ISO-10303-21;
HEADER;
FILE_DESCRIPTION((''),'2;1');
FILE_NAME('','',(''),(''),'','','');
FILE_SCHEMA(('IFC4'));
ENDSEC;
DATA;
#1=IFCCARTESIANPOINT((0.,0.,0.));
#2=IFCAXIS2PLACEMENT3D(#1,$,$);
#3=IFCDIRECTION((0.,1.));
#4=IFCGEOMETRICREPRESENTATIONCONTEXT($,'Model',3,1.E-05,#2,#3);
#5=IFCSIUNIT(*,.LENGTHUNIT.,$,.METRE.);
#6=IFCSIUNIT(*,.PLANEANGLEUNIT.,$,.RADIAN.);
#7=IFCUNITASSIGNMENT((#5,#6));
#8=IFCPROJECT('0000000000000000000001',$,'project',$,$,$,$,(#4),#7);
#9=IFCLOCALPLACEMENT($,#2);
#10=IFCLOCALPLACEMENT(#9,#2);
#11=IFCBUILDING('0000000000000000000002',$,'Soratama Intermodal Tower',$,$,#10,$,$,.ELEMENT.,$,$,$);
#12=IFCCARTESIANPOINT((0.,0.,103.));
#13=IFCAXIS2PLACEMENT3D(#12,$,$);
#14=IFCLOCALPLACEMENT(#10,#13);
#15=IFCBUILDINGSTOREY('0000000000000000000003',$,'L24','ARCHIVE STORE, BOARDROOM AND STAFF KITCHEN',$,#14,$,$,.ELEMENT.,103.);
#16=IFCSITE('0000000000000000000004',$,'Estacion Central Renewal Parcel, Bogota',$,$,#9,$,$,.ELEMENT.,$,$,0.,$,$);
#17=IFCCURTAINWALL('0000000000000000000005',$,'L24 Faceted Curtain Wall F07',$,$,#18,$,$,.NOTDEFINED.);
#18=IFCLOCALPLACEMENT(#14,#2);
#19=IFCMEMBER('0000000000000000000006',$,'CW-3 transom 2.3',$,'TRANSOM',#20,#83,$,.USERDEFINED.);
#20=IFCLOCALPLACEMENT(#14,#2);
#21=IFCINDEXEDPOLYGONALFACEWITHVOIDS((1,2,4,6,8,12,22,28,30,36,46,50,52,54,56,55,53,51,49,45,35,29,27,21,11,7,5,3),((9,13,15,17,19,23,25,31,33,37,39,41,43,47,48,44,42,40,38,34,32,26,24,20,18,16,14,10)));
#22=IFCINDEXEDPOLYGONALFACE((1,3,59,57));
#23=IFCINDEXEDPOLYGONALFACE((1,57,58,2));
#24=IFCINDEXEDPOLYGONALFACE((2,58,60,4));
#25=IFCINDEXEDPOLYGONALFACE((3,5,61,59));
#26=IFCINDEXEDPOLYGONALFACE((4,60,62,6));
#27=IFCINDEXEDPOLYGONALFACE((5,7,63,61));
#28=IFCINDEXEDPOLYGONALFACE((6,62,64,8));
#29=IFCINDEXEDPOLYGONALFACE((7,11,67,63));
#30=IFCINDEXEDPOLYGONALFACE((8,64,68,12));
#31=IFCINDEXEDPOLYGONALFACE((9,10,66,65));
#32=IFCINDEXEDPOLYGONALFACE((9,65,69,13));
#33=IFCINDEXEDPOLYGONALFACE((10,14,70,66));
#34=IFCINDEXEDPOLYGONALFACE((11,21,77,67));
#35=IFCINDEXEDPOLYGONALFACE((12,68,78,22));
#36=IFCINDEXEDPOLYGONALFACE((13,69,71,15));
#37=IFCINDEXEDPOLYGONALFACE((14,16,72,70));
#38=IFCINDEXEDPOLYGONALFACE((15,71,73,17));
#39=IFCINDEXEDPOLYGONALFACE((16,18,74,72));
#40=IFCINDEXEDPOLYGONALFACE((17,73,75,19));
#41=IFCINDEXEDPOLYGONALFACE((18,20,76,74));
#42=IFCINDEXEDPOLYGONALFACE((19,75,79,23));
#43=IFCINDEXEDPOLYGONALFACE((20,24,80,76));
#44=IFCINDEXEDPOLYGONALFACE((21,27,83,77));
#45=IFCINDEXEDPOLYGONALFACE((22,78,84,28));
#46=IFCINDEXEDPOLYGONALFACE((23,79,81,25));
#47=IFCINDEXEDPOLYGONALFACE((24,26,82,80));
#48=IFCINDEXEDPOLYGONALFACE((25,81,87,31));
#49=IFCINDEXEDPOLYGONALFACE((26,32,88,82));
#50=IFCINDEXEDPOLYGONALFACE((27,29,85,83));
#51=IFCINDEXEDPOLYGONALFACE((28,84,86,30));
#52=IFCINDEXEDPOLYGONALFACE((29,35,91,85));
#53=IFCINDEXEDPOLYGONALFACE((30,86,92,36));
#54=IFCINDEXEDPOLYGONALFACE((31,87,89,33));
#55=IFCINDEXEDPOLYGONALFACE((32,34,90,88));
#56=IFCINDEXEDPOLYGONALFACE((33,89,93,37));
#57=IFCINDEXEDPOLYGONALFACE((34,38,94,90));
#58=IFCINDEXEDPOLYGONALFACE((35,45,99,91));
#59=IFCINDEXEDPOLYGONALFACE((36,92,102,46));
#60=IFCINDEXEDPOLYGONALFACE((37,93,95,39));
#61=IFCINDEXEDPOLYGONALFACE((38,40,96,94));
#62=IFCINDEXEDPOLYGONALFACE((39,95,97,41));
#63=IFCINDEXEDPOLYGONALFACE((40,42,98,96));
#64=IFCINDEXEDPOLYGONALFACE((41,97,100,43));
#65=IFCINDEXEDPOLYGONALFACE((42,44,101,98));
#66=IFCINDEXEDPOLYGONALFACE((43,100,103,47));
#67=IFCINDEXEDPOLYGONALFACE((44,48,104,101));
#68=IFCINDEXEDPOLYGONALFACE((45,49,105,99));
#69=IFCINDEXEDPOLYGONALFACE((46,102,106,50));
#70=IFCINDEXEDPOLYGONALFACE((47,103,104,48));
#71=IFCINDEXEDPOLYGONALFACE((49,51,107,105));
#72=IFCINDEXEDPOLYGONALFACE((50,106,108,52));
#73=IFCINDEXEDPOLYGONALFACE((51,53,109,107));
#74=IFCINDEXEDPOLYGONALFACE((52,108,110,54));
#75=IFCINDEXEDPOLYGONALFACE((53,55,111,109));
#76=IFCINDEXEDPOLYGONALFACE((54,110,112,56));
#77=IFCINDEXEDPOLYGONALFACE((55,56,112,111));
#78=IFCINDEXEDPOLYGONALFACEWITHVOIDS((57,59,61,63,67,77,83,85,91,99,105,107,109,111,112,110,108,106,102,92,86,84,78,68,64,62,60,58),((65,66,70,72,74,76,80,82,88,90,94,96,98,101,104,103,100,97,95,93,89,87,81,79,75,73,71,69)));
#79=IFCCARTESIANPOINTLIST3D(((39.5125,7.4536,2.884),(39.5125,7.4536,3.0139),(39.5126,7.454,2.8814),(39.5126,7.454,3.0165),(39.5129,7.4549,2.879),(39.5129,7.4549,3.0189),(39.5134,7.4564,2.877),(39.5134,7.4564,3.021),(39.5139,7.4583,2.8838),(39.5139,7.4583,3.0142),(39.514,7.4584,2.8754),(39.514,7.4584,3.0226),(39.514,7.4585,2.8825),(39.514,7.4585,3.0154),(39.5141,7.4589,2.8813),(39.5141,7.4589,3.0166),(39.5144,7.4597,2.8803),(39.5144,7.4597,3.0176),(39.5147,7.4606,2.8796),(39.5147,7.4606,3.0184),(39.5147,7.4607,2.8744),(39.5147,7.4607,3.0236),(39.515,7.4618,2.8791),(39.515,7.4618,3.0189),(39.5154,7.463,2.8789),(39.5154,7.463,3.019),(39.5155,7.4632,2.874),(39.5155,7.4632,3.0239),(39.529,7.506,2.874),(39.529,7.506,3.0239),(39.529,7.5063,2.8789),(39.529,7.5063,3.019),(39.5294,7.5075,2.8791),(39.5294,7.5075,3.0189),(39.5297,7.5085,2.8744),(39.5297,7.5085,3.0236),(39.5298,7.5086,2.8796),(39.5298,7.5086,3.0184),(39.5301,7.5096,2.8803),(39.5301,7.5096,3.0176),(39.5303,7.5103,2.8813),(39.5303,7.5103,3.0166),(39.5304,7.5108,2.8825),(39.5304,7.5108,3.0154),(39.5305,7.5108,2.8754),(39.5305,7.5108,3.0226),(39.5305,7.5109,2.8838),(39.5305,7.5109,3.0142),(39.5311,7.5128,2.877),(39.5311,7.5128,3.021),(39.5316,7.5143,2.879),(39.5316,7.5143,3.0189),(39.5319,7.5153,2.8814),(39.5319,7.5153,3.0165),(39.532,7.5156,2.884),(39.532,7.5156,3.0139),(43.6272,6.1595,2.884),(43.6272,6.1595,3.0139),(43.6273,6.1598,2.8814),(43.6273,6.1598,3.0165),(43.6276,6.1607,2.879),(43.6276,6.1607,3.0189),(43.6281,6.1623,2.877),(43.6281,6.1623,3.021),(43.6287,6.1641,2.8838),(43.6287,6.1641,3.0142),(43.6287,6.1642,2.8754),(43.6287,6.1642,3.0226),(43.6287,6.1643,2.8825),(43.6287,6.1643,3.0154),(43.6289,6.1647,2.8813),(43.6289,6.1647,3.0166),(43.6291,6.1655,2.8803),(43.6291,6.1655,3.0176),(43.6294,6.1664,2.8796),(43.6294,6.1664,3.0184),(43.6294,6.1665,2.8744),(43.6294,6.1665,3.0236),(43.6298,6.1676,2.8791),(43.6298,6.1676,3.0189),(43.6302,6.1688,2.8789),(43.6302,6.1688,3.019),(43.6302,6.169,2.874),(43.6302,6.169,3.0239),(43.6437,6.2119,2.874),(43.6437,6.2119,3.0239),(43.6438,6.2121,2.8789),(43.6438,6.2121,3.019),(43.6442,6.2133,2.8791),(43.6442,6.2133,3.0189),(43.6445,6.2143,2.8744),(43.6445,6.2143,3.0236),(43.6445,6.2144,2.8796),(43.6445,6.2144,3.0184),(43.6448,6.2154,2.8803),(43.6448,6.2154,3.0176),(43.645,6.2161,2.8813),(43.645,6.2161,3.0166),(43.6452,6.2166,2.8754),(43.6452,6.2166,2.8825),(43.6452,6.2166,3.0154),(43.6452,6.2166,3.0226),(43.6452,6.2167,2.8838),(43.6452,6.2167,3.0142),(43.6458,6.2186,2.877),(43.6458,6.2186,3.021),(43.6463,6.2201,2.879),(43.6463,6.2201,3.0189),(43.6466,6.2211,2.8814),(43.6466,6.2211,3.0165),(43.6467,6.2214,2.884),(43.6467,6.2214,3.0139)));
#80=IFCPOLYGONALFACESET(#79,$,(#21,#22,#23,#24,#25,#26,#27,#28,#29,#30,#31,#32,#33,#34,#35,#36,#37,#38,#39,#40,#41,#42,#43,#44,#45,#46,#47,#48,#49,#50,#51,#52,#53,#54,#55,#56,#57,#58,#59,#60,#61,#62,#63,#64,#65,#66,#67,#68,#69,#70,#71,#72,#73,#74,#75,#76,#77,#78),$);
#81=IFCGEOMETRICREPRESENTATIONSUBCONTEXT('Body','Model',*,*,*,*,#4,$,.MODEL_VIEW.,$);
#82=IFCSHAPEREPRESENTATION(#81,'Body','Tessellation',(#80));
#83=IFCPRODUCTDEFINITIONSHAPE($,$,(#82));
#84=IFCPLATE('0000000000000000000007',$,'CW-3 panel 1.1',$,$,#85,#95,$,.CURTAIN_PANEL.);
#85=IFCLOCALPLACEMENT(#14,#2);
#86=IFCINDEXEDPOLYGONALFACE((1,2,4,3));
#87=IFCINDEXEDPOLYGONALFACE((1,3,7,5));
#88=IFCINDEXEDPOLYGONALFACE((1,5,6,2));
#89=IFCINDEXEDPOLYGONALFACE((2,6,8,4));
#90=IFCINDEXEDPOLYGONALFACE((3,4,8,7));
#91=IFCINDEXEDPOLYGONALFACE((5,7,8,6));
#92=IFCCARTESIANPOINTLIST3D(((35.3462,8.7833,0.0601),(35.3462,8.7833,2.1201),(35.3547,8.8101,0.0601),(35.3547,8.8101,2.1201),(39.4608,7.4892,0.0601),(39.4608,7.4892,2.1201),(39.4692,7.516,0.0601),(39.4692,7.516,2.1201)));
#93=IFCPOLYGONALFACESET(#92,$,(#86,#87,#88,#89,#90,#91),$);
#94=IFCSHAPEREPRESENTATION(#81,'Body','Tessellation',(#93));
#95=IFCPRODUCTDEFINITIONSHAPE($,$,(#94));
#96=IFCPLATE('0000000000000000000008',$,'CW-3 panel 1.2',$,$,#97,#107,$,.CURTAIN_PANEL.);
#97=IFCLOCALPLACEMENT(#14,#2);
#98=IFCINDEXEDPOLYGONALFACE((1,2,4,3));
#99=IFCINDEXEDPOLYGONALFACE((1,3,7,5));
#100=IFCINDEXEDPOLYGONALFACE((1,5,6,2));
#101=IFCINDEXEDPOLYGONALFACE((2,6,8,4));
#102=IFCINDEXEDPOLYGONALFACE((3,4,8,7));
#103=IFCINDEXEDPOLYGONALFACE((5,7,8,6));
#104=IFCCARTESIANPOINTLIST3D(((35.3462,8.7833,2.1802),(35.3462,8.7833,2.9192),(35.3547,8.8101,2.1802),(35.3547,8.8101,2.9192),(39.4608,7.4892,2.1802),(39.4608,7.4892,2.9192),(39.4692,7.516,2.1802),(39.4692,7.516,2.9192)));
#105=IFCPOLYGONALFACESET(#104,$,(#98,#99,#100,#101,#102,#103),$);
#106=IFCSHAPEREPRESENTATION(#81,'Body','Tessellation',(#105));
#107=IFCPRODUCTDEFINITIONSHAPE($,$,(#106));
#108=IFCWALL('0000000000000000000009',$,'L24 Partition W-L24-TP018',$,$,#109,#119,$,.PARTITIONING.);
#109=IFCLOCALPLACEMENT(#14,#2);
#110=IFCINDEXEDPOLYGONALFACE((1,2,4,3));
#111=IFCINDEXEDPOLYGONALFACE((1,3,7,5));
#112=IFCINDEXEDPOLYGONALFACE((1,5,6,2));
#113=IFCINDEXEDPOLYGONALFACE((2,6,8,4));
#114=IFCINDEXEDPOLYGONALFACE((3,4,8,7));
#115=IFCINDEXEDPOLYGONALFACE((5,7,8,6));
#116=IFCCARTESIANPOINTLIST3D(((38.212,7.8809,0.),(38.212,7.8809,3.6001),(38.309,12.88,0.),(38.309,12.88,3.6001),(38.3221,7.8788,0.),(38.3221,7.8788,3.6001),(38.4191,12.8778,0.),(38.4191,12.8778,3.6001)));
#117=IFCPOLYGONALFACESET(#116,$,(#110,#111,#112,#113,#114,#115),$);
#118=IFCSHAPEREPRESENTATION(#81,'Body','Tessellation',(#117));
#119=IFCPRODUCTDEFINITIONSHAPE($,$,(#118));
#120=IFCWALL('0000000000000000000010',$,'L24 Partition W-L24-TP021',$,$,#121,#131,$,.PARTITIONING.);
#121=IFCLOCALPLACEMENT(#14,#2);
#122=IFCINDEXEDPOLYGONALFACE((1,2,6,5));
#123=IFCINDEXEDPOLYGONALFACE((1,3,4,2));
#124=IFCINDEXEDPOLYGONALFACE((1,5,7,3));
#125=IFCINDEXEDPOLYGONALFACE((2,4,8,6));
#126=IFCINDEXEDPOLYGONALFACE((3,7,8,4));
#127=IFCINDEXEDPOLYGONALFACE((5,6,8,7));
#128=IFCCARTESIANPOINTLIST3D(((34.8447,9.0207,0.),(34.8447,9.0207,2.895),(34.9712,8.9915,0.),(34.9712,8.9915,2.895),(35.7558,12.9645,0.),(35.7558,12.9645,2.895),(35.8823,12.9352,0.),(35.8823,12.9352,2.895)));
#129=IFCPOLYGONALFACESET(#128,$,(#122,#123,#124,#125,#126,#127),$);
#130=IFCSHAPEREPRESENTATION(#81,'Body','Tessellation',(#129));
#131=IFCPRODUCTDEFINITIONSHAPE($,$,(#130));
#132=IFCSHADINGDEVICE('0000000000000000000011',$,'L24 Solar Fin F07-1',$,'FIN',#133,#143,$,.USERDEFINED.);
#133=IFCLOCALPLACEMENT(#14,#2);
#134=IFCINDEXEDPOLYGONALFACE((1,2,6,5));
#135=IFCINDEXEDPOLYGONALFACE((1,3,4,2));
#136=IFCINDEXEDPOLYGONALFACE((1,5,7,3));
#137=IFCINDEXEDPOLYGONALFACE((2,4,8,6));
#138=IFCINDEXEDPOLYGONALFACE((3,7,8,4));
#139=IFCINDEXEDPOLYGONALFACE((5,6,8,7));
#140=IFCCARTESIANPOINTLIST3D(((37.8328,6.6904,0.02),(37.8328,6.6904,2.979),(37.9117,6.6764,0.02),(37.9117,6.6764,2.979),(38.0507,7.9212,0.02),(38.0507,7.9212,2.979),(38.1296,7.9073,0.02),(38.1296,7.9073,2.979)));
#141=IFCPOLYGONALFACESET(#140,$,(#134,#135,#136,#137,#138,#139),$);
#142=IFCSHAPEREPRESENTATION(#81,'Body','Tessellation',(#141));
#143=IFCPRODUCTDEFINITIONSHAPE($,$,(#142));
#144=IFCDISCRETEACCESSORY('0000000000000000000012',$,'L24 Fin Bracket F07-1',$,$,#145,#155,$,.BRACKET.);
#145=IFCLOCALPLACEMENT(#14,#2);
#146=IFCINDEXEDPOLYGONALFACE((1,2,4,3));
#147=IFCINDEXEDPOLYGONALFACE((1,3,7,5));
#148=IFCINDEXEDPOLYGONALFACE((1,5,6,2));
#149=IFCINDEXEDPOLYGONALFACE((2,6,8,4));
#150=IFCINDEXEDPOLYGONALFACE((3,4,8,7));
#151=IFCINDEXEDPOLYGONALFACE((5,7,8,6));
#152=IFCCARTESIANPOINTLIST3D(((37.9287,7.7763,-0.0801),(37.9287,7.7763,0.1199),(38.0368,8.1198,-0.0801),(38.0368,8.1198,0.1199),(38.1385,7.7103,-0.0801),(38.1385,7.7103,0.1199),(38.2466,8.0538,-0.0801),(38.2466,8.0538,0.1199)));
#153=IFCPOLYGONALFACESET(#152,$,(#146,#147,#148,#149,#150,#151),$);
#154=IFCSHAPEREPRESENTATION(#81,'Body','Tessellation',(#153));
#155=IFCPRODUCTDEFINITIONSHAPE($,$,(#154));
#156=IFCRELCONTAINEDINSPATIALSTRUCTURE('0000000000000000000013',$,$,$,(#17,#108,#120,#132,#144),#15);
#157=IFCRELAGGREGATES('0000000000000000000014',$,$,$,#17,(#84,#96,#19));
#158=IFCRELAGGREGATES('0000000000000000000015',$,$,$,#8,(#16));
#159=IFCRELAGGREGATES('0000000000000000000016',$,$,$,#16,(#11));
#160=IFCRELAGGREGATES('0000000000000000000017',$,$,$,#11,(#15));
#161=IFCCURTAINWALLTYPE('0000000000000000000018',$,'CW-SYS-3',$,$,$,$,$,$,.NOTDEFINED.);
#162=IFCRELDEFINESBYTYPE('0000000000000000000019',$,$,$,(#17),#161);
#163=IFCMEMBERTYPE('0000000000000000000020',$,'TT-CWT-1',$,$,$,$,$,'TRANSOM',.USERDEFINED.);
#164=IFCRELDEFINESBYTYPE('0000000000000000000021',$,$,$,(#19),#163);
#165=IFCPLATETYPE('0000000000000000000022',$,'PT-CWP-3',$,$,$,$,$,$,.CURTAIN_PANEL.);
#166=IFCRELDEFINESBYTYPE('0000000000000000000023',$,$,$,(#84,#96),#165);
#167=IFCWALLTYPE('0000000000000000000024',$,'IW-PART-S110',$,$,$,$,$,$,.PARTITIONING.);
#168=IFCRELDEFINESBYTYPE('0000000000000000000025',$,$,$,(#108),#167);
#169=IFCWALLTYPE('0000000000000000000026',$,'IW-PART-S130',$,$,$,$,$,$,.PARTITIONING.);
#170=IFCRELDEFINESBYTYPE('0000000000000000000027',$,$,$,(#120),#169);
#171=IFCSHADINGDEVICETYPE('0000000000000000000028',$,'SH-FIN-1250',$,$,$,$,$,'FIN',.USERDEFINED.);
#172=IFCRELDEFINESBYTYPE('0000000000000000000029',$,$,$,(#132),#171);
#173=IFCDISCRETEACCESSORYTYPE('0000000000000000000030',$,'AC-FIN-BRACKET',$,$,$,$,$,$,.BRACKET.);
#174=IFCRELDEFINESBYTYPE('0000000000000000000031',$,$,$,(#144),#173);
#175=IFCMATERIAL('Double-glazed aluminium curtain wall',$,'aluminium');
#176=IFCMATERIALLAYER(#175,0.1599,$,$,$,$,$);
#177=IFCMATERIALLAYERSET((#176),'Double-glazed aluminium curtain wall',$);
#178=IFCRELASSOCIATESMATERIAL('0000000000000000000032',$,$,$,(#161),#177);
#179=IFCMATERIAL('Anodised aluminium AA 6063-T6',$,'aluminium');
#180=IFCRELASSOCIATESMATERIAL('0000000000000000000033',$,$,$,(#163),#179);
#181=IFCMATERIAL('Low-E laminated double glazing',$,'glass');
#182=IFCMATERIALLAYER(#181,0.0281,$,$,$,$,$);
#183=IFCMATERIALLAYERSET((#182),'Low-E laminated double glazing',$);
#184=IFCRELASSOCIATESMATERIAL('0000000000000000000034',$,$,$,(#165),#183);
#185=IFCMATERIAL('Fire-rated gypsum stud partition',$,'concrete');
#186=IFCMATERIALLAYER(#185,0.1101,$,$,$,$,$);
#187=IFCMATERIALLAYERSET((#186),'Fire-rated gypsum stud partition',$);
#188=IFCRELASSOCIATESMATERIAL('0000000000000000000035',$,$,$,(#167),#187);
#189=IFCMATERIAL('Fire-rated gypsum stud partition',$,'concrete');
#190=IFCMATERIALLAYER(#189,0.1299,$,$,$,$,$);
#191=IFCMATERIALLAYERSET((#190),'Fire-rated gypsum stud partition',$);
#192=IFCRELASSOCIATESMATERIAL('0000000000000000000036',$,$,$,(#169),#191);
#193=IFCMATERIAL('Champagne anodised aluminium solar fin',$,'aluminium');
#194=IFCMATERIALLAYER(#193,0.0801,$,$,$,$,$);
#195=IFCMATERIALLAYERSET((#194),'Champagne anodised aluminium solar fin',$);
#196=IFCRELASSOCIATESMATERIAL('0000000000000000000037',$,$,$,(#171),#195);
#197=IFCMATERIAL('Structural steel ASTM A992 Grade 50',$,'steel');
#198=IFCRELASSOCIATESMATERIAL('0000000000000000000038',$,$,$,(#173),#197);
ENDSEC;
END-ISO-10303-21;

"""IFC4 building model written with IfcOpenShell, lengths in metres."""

from ifc_helpers import new_model, si_unit, direction, frame, frame_2d, origin, origin_2d, place, context, subcontext, project, spatial, rectangle, hollow_rectangle, extrude, material, layer, layer_set, material_profile, profile_set, type_object, element, aggregate, save


model = new_model("IFC4")

# Units and contexts
model_context = context("Model", 3, precision=1e-05, world=origin(), true_north=direction((0.0, 1.0)))
body_context = subcontext(model_context, "Body", "Model", "MODEL_VIEW")
ifc_project = project(units=[si_unit("LENGTHUNIT", "METRE"), si_unit("PLANEANGLEUNIT", "RADIAN")], contexts=[model_context])

# Site, building, storey
site_placement = place(None, origin())
site = spatial("IfcSite", under=ifc_project, at=site_placement, Name="Estacion Central Renewal Parcel, Bogota", CompositionType="ELEMENT", RefElevation=0.0)
building_placement = place(site_placement, origin())
building = spatial("IfcBuilding", under=site, at=building_placement, Name="Soratama Intermodal Tower", CompositionType="ELEMENT")
storey_placement = place(building_placement, frame((0.0, 0.0, 103.0)))
storey = spatial("IfcBuildingStorey", under=building, at=storey_placement, Name="L24", Description="ARCHIVE STORE, BOARDROOM AND STAFF KITCHEN", CompositionType="ELEMENT", Elevation=103.0)

# Curtain wall, member, plates
ifc_material_1 = material(Name="Double-glazed aluminium curtain wall", Category="aluminium")
ifc_layer_1 = layer(ifc_material_1, 0.1599)
ifc_layer_set_1 = layer_set([ifc_layer_1], Name="Double-glazed aluminium curtain wall")
curtain_wall_type = type_object("IfcCurtainWallType", Name="CW-SYS-3", PredefinedType="NOTDEFINED", material=ifc_layer_set_1)
curtain_wall_placement = place(storey_placement, origin())
curtain_wall = element("IfcCurtainWall", 1, at=curtain_wall_placement, inside=storey, type_object=curtain_wall_type, Name="L24 Faceted Curtain Wall F07", PredefinedType="NOTDEFINED")
ifc_material_2 = material(Name="Anodised aluminium AA 6063-T6", Category="aluminium")
ifc_material_profile_1 = material_profile(ifc_material_2, hollow_rectangle(XDim=0.0649, YDim=0.1499, WallThickness=0.0049, InnerFilletRadius=0.0049, OuterFilletRadius=0.01, at=origin_2d()), Name="CWT150X65X5")
ifc_profile_set_1 = profile_set([ifc_material_profile_1], Name="Anodised aluminium AA 6063-T6")
member_type_1 = type_object("IfcMemberType", Name="TT-CWT-1", ElementType="TRANSOM", PredefinedType="USERDEFINED", material=ifc_profile_set_1)
member_1_placement = place(storey_placement, frame((39.5222, 7.4846, 2.949), z_axis=(0.953928, -0.300034, 0.0), x_axis=(0.300034, 0.953928, 0.0)))
member_1 = element("IfcMember", 2, at=member_1_placement, type_object=member_type_1, Name="CW-3 transom 2.3", ObjectType="TRANSOM", PredefinedType="USERDEFINED", context=body_context, shape_type="SweptSolid", body=[
    extrude(hollow_rectangle(XDim=0.0649, YDim=0.1499, WallThickness=0.0049, InnerFilletRadius=0.0049, OuterFilletRadius=0.01, at=origin_2d()), origin(), (0.0, 0.0, 1.0), 4.3135),
])
ifc_material_3 = material(Name="Low-E laminated double glazing", Category="glass")
ifc_layer_2 = layer(ifc_material_3, 0.0281)
ifc_layer_set_2 = layer_set([ifc_layer_2], Name="Low-E laminated double glazing")
plate_type = type_object("IfcPlateType", Name="PT-CWP-3", PredefinedType="CURTAIN_PANEL", material=ifc_layer_set_2)
plate_1_placement = place(storey_placement, frame((37.4077, 8.1497, 0.0601), z_axis=(0.0, 0.0, 1.0), x_axis=(0.953927, -0.300038, 0.0)))
plate_1 = element("IfcPlate", 3, at=plate_1_placement, type_object=plate_type, Name="CW-3 panel 1.1", PredefinedType="CURTAIN_PANEL", context=body_context, shape_type="SweptSolid", body=[
    extrude(rectangle(XDim=4.3132, YDim=0.0281, at=origin_2d()), origin(), (0.0, 0.0, 1.0), 2.0601),
])
plate_2_placement = place(storey_placement, frame((37.4077, 8.1497, 2.1802), z_axis=(0.0, 0.0, 1.0), x_axis=(0.953927, -0.300038, 0.0)))
plate_2 = element("IfcPlate", 4, at=plate_2_placement, type_object=plate_type, Name="CW-3 panel 1.2", PredefinedType="CURTAIN_PANEL", context=body_context, shape_type="SweptSolid", body=[
    extrude(rectangle(XDim=4.3132, YDim=0.0281, at=origin_2d()), origin(), (0.0, 0.0, 1.0), 0.739),
])
aggregate(curtain_wall, [plate_1, plate_2, member_1])

# Walls
ifc_material_4 = material(Name="Fire-rated gypsum stud partition", Category="concrete")
ifc_layer_3 = layer(ifc_material_4, 0.1101)
ifc_layer_set_3 = layer_set([ifc_layer_3], Name="Fire-rated gypsum stud partition")
wall_type_1 = type_object("IfcWallType", Name="IW-PART-S110", PredefinedType="PARTITIONING", material=ifc_layer_set_3)
wall_1_placement = place(storey_placement, frame((38.364, 12.8789, 0.0), z_axis=(0.0, 0.0, 1.0), x_axis=(-0.019385, -0.999812, 0.0)))
element("IfcWall", 5, at=wall_1_placement, inside=storey, type_object=wall_type_1, Name="L24 Partition W-L24-TP018", PredefinedType="PARTITIONING", context=body_context, shape_type="SweptSolid", body=[
    extrude(rectangle(XDim=5.0, YDim=0.1101, at=frame_2d((2.5, 0.0))), origin(), (0.0, 0.0, 1.0), 3.6001),
])
ifc_material_5 = material(Name="Fire-rated gypsum stud partition", Category="concrete")
ifc_layer_4 = layer(ifc_material_5, 0.1299)
ifc_layer_set_4 = layer_set([ifc_layer_4], Name="Fire-rated gypsum stud partition")
wall_type_2 = type_object("IfcWallType", Name="IW-PART-S130", PredefinedType="PARTITIONING", material=ifc_layer_set_4)
wall_2_placement = place(storey_placement, frame((35.8191, 12.95, 0.0), z_axis=(0.0, 0.0, 1.0), x_axis=(-0.225097, -0.974336, 0.0)))
element("IfcWall", 6, at=wall_2_placement, inside=storey, type_object=wall_type_2, Name="L24 Partition W-L24-TP021", PredefinedType="PARTITIONING", context=body_context, shape_type="SweptSolid", body=[
    extrude(rectangle(XDim=4.0476, YDim=0.1299, at=frame_2d((2.0239, 0.0))), origin(), (0.0, 0.0, 1.0), 2.895),
])

# Shading device
ifc_material_6 = material(Name="Champagne anodised aluminium solar fin", Category="aluminium")
ifc_layer_5 = layer(ifc_material_6, 0.0801)
ifc_layer_set_5 = layer_set([ifc_layer_5], Name="Champagne anodised aluminium solar fin")
shading_device_type = type_object("IfcShadingDeviceType", Name="SH-FIN-1250", ElementType="FIN", PredefinedType="USERDEFINED", material=ifc_layer_set_5)
shading_device_placement = place(storey_placement, frame((37.9812, 7.2988, 0.02), z_axis=(0.0, 0.0, 1.0), x_axis=(-0.174336, -0.984686, 0.0)))
element("IfcShadingDevice", 7, at=shading_device_placement, inside=storey, type_object=shading_device_type, Name="L24 Solar Fin F07-1", ObjectType="FIN", PredefinedType="USERDEFINED", context=body_context, shape_type="SweptSolid", body=[
    extrude(rectangle(XDim=1.25, YDim=0.0801, at=origin_2d()), origin(), (0.0, 0.0, 1.0), 2.959),
])

# Discrete accessory
ifc_material_7 = material(Name="Structural steel ASTM A992 Grade 50", Category="steel")
discrete_accessory_type = type_object("IfcDiscreteAccessoryType", Name="AC-FIN-BRACKET", PredefinedType="BRACKET", material=ifc_material_7)
discrete_accessory_placement = place(storey_placement, frame((38.0876, 7.915, -0.0801), z_axis=(0.0, 0.0, 1.0), x_axis=(-0.30004, -0.953927, 0.0)))
element("IfcDiscreteAccessory", 8, at=discrete_accessory_placement, inside=storey, type_object=discrete_accessory_type, Name="L24 Fin Bracket F07-1", PredefinedType="BRACKET", context=body_context, shape_type="SweptSolid", body=[
    extrude(rectangle(XDim=0.3601, YDim=0.22, at=origin_2d()), origin(), (0.0, 0.0, 1.0), 0.2),
])

save(model, "model.ifc")
